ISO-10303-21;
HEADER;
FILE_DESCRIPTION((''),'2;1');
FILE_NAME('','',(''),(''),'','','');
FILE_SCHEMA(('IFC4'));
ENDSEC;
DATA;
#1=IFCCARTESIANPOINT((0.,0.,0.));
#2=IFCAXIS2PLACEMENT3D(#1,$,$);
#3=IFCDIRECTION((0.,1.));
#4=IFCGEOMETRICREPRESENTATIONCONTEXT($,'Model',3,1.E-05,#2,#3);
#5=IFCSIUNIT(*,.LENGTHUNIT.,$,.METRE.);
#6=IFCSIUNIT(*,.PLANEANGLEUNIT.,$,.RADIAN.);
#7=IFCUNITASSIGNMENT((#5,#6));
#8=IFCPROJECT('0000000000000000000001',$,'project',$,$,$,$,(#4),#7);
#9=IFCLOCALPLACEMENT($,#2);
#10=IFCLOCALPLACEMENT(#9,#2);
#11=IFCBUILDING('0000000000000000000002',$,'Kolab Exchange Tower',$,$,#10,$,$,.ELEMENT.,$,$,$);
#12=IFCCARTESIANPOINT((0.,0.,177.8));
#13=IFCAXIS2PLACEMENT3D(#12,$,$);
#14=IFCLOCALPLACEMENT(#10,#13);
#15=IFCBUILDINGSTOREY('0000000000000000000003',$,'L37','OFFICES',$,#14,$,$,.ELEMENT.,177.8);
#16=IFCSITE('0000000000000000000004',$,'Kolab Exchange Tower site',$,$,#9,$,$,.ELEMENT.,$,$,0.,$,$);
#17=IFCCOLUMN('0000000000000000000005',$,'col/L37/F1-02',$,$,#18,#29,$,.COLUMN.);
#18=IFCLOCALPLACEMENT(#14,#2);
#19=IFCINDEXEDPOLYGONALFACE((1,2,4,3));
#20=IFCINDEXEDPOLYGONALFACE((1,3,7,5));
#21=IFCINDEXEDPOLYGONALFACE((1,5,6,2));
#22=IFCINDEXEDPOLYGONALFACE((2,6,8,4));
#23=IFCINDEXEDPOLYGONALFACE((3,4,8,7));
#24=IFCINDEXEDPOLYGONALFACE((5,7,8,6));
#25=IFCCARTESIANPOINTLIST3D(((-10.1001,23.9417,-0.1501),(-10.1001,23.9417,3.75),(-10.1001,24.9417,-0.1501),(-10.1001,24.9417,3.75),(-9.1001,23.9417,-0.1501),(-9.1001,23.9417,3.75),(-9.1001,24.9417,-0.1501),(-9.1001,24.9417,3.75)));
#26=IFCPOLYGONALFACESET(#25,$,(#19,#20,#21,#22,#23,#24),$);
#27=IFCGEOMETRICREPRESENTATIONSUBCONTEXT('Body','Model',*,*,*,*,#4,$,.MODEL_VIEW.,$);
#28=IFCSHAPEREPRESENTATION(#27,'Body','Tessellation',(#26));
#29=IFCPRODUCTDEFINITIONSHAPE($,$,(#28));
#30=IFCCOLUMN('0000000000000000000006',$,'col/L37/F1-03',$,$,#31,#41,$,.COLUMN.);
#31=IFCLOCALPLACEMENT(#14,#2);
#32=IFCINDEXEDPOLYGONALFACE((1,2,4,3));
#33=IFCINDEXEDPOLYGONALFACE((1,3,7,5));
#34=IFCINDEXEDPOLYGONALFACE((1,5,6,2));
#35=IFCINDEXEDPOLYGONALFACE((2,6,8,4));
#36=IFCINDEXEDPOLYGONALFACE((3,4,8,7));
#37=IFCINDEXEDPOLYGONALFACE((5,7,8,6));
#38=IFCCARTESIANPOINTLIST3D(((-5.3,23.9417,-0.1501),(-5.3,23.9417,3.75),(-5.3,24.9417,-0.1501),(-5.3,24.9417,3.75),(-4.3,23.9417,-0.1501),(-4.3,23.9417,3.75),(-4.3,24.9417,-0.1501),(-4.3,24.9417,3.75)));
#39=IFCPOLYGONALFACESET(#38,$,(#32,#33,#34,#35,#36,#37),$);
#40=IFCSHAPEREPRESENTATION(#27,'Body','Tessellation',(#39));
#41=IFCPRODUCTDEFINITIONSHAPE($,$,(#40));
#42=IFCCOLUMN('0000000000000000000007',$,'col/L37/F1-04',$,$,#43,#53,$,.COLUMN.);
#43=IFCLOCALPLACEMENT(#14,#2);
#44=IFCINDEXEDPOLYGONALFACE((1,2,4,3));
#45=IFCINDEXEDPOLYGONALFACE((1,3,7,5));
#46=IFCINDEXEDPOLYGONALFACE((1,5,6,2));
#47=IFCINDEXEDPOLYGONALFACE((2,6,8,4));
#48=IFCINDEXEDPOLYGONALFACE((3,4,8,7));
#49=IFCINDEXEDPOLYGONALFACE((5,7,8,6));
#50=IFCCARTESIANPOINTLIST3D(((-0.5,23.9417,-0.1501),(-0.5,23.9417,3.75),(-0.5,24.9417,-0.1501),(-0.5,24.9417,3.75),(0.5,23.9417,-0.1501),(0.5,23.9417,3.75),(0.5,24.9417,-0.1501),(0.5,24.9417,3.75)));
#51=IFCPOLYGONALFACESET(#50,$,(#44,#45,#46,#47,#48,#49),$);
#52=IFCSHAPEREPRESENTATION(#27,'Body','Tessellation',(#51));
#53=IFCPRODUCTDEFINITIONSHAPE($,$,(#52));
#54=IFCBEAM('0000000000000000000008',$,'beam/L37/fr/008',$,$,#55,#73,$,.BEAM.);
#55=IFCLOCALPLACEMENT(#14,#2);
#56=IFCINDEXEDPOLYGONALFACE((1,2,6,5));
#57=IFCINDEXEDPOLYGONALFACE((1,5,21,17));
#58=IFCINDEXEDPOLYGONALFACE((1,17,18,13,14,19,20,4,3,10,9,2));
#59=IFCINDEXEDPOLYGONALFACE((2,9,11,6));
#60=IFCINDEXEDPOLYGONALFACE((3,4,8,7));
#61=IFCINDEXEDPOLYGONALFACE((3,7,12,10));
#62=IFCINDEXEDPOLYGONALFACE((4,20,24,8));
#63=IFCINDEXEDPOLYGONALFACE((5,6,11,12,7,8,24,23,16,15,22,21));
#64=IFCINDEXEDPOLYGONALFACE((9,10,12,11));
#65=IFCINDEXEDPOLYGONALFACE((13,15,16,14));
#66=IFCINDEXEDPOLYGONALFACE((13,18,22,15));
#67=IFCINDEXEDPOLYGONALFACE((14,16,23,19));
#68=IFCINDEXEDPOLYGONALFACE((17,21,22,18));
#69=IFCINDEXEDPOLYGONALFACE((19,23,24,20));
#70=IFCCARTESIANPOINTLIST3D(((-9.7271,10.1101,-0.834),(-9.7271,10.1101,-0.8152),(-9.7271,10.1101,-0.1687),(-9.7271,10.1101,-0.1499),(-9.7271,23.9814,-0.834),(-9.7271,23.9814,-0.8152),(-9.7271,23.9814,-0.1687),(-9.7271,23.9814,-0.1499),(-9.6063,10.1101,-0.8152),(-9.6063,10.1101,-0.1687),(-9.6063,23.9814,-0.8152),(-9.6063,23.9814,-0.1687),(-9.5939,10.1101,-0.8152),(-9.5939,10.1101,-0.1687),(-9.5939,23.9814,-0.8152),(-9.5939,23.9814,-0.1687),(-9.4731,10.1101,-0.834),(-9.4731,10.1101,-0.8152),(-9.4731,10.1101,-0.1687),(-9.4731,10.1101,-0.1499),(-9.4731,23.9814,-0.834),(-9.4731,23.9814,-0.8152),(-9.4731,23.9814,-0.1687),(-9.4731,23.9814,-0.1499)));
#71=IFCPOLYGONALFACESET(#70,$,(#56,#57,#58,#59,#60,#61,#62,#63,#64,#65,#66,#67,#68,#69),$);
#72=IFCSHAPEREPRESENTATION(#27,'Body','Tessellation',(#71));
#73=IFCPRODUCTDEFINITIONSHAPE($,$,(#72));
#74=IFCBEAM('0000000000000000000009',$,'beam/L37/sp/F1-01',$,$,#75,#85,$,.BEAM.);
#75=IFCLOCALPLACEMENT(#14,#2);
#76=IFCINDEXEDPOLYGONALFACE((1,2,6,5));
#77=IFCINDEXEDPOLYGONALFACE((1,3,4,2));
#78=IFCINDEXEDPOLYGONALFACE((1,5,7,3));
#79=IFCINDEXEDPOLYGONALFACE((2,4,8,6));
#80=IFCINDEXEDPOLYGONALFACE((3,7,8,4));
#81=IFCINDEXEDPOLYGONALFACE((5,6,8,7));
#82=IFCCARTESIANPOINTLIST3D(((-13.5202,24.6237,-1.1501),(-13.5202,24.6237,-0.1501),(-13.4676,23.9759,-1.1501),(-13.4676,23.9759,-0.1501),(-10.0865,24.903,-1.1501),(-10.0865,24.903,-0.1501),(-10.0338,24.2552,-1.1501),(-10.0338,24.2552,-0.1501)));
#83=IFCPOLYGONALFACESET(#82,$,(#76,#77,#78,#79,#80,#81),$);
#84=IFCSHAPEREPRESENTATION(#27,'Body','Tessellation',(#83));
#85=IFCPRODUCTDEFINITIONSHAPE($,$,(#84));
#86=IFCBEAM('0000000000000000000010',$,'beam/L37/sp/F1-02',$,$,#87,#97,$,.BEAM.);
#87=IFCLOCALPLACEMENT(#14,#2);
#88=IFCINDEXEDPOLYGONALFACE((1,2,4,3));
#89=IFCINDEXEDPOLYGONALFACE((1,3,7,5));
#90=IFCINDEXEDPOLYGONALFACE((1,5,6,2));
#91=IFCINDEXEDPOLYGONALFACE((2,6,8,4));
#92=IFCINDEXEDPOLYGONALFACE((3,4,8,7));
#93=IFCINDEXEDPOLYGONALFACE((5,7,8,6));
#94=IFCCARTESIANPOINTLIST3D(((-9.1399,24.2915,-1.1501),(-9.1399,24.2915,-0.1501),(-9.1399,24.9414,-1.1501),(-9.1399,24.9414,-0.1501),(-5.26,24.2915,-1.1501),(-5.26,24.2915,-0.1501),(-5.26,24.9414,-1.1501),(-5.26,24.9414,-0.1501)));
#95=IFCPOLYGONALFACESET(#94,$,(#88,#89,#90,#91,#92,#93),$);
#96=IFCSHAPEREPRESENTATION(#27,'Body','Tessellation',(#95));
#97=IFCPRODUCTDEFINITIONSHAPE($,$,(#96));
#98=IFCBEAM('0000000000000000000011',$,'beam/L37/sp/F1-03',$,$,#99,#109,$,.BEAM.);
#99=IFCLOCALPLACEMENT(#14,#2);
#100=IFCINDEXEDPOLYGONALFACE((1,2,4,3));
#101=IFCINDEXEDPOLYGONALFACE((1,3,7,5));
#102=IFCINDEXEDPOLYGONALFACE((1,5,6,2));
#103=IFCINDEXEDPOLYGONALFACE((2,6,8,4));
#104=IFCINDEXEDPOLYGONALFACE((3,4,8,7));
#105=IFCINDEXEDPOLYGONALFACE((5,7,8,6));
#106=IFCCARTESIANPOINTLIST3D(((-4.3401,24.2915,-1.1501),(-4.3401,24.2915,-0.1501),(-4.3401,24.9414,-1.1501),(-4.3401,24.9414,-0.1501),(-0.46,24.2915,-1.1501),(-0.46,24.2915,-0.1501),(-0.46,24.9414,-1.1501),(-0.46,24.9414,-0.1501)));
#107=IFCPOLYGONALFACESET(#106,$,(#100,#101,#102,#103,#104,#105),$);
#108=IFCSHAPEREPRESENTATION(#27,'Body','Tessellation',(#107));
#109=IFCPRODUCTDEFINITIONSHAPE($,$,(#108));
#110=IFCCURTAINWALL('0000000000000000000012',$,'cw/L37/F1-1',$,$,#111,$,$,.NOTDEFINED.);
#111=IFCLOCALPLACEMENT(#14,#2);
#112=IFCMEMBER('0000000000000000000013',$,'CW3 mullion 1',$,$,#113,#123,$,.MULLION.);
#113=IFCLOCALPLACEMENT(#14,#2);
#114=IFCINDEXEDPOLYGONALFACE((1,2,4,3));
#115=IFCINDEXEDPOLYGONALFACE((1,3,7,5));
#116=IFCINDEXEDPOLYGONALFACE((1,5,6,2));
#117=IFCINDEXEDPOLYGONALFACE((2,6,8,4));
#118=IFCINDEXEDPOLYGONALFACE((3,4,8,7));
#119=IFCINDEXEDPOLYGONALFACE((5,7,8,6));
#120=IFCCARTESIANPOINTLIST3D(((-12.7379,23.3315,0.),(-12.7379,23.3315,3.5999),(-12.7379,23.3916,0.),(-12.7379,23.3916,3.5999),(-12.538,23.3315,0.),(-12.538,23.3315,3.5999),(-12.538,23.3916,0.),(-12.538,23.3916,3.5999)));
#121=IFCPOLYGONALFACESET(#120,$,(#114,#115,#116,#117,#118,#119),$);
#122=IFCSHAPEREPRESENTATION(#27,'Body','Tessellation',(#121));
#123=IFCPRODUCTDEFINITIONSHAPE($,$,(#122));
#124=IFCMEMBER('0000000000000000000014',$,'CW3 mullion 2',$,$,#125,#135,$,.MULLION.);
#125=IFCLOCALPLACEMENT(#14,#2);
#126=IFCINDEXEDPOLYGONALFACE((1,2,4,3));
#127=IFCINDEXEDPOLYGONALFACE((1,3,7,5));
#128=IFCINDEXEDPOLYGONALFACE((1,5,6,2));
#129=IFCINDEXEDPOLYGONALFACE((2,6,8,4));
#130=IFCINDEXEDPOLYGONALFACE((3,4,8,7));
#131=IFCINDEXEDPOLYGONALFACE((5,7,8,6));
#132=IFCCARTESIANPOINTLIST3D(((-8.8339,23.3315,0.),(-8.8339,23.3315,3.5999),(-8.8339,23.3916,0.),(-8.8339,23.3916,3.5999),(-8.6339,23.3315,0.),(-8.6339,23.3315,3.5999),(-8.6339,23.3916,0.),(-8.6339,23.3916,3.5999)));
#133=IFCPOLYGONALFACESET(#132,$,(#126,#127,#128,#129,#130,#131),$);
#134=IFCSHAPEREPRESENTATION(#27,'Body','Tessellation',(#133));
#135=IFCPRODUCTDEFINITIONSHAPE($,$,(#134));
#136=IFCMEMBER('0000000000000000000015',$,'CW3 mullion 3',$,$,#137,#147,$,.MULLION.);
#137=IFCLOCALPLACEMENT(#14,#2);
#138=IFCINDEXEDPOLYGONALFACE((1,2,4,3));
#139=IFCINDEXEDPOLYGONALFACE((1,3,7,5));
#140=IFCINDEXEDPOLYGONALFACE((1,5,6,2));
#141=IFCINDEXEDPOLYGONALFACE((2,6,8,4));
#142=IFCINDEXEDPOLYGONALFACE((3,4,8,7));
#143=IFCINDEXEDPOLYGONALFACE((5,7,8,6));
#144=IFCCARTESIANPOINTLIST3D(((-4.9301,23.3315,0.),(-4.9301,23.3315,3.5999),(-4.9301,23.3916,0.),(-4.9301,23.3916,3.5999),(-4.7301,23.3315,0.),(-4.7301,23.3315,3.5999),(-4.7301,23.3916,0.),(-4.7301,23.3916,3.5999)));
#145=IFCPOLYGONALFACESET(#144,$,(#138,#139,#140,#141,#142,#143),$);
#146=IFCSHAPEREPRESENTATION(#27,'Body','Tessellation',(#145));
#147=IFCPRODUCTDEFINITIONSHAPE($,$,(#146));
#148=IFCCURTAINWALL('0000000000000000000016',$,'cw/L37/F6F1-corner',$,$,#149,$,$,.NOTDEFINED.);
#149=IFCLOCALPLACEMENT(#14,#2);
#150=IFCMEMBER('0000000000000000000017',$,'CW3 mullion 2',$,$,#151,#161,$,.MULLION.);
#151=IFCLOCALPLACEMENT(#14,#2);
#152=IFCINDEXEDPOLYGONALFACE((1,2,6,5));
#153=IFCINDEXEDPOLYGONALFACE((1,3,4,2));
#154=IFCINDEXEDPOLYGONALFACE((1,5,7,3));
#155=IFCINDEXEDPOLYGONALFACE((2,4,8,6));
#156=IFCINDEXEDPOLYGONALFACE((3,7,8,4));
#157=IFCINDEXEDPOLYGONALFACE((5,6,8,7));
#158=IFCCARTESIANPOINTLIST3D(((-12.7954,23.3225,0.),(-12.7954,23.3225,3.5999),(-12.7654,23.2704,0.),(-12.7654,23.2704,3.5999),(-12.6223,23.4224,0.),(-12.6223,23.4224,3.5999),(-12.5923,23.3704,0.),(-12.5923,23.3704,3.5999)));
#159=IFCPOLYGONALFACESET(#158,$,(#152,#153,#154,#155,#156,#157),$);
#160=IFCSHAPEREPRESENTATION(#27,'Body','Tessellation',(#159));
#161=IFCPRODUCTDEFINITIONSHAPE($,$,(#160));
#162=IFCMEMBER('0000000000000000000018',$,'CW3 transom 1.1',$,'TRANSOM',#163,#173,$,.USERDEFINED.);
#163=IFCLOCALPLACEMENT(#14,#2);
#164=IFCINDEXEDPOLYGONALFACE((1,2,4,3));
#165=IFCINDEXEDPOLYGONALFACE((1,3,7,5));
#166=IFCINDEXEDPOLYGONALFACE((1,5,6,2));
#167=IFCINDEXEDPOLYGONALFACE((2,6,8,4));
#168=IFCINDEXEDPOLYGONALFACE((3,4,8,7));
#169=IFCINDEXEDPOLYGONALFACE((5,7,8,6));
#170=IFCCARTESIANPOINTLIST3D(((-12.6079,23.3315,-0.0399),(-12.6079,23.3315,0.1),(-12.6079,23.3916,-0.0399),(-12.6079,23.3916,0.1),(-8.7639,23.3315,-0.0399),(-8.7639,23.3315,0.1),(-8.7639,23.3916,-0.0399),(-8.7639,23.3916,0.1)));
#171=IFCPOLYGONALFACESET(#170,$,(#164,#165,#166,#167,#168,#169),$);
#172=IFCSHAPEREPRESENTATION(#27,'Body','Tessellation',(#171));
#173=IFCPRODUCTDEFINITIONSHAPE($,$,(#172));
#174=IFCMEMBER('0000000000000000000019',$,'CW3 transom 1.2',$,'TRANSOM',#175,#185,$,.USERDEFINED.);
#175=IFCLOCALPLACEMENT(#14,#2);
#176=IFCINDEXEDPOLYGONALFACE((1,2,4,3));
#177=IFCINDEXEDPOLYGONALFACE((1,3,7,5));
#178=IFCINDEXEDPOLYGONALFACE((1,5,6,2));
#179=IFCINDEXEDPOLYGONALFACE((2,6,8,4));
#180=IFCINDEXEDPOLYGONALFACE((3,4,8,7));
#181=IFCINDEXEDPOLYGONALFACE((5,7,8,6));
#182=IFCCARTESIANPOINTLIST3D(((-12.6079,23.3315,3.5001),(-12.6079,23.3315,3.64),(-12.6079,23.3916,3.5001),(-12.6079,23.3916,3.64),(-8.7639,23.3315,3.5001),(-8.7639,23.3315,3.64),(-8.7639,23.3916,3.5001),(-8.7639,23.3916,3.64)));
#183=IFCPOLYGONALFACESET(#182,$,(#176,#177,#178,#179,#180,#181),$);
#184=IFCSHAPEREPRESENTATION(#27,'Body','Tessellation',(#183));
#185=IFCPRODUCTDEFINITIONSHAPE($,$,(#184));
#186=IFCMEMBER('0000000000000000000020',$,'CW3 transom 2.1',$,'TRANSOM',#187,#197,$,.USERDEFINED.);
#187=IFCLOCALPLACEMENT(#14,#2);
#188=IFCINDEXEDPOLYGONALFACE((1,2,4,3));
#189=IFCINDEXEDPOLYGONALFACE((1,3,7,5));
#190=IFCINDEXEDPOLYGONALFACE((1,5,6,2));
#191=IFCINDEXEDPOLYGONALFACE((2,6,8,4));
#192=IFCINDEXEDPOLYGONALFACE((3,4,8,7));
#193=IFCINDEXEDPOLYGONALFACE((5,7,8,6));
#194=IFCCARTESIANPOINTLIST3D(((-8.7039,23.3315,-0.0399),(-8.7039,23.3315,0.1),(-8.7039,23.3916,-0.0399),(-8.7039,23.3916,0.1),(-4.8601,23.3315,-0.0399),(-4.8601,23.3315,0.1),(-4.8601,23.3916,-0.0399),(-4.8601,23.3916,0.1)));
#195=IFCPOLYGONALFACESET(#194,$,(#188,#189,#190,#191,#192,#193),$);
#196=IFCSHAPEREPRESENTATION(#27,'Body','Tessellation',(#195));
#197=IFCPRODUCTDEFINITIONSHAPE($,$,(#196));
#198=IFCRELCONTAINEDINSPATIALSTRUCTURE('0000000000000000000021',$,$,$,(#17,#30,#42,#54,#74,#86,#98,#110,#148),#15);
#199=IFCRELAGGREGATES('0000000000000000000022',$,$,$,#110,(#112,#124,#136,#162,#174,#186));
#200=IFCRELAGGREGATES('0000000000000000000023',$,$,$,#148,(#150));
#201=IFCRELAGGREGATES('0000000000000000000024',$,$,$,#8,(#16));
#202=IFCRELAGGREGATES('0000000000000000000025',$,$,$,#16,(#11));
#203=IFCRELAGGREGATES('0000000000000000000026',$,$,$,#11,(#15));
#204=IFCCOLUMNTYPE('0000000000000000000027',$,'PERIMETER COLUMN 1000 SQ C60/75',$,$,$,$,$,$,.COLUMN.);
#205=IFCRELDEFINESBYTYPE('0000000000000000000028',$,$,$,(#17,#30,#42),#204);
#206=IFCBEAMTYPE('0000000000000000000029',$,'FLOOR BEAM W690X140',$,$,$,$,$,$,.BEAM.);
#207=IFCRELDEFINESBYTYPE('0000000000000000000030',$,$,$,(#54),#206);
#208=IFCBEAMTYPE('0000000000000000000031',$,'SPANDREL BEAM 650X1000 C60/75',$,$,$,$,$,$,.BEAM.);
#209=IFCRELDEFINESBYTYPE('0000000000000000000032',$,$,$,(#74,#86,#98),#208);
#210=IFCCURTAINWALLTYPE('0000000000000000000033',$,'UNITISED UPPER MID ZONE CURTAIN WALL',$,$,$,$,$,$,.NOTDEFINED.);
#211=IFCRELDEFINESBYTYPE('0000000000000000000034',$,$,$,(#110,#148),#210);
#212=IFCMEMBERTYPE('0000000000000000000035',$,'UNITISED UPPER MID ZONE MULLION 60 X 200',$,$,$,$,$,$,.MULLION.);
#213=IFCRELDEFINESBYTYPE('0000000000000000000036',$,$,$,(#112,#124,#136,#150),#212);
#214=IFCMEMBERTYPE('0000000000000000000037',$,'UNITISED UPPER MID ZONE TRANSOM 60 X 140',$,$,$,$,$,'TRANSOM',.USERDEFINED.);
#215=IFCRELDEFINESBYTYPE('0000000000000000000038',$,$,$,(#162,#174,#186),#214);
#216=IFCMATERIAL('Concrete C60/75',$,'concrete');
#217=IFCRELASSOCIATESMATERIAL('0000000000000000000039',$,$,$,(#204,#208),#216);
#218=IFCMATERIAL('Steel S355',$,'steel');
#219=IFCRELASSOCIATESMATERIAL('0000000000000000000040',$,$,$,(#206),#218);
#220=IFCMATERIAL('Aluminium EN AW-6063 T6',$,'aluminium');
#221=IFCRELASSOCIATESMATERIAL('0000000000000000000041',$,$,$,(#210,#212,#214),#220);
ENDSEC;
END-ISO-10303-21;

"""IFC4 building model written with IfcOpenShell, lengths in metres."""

from ifc_helpers import new_model, si_unit, direction, frame, origin, origin_2d, place, context, subcontext, project, spatial, rectangle, i_section, extrude, material, material_profile, profile_set, type_object, element, aggregate, save


model = new_model("IFC4")

# Units and contexts
model_context = context("Model", 3, precision=1e-05, world=origin(), true_north=direction((0.0, 1.0)))
body_context = subcontext(model_context, "Body", "Model", "MODEL_VIEW")
ifc_project = project(units=[si_unit("LENGTHUNIT", "METRE"), si_unit("PLANEANGLEUNIT", "RADIAN")], contexts=[model_context])

# Site, building, storey
site_placement = place(None, origin())
site = spatial("IfcSite", under=ifc_project, at=site_placement, Name="Kolab Exchange Tower site", CompositionType="ELEMENT", RefElevation=0.0)
building_placement = place(site_placement, origin())
building = spatial("IfcBuilding", under=site, at=building_placement, Name="Kolab Exchange Tower", CompositionType="ELEMENT")
storey_placement = place(building_placement, frame((0.0, 0.0, 177.8)))
storey = spatial("IfcBuildingStorey", under=building, at=storey_placement, Name="L37", Description="OFFICES", CompositionType="ELEMENT", Elevation=177.8)

# Columns
ifc_material_1 = material(Name="Concrete C60/75", Category="concrete")
ifc_material_profile_1 = material_profile(ifc_material_1, rectangle(XDim=1.0, YDim=1.0, at=origin_2d()), Name="RC1000")
ifc_profile_set_1 = profile_set([ifc_material_profile_1], Name="Concrete C60/75")
column_type = type_object("IfcColumnType", Name="PERIMETER COLUMN 1000 SQ C60/75", PredefinedType="COLUMN", material=ifc_profile_set_1)
for number, where, z_axis, x_axis, name in (
    (1, (-9.6001, 24.4417, -0.1501), (0.0, 0.0, 1.0), (1.0, 0.0, 0.0), "col/L37/F1-02"),
    (2, (-4.8, 24.4417, -0.1501), (0.0, 0.0, 1.0), (1.0, 0.0, 0.0), "col/L37/F1-03"),
    (3, (0.0, 24.4417, -0.1501), (0.0, 0.0, 1.0), (1.0, 0.0, 0.0), "col/L37/F1-04"),
):
    element("IfcColumn", number, at=place(storey_placement, frame(where, z_axis=z_axis, x_axis=x_axis)), inside=storey, type_object=column_type, Name=name, PredefinedType="COLUMN", context=body_context, shape_type="SweptSolid", body=[
        extrude(rectangle(XDim=1.0, YDim=1.0, at=origin_2d()), origin(), (0.0, 0.0, 1.0), 3.9001),
    ])

# Beams
ifc_material_2 = material(Name="Steel S355", Category="steel")
ifc_material_profile_2 = material_profile(ifc_material_2, i_section(OverallWidth=0.2539, OverallDepth=0.6841, WebThickness=0.0125, FlangeThickness=0.0188, at=origin_2d()), Name="W690X140")
ifc_profile_set_2 = profile_set([ifc_material_profile_2], Name="Steel S355")
beam_type_1 = type_object("IfcBeamType", Name="FLOOR BEAM W690X140", PredefinedType="BEAM", material=ifc_profile_set_2)
beam_1_placement = place(storey_placement, frame((-9.6001, 10.1101, -0.4919), z_axis=(0.0, 1.0, 0.0), x_axis=(-1.0, 0.0, 0.0)))
element("IfcBeam", 4, at=beam_1_placement, inside=storey, type_object=beam_type_1, Name="beam/L37/fr/008", PredefinedType="BEAM", context=body_context, shape_type="SweptSolid", body=[
    extrude(i_section(OverallWidth=0.2539, OverallDepth=0.6841, WebThickness=0.0125, FlangeThickness=0.0188, at=origin_2d()), origin(), (0.0, 0.0, 1.0), 13.8713),
])
ifc_material_profile_3 = material_profile(ifc_material_1, rectangle(XDim=0.6499, YDim=1.0, at=origin_2d()), Name="RC650X1000")
ifc_profile_set_3 = profile_set([ifc_material_profile_3], Name="Concrete C60/75")
beam_type_2 = type_object("IfcBeamType", Name="SPANDREL BEAM 650X1000 C60/75", PredefinedType="BEAM", material=ifc_profile_set_3)
beam_2_placement = place(storey_placement, frame((-13.4939, 24.2998, -0.6501), z_axis=(0.996708, 0.081069, 0.0), x_axis=(-0.081069, 0.996708, 0.0)))
element("IfcBeam", 5, at=beam_2_placement, inside=storey, type_object=beam_type_2, Name="beam/L37/sp/F1-01", PredefinedType="BEAM", context=body_context, shape_type="SweptSolid", body=[
    extrude(rectangle(XDim=0.6499, YDim=1.0, at=origin_2d()), origin(), (0.0, 0.0, 1.0), 3.4451),
])
beam_3_placement = place(storey_placement, frame((-9.1399, 24.6165, -0.6501), z_axis=(1.0, 0.0, 0.0), x_axis=(0.0, 1.0, 0.0)))
element("IfcBeam", 6, at=beam_3_placement, inside=storey, type_object=beam_type_2, Name="beam/L37/sp/F1-02", PredefinedType="BEAM", context=body_context, shape_type="SweptSolid", body=[
    extrude(rectangle(XDim=0.6499, YDim=1.0, at=origin_2d()), origin(), (0.0, 0.0, 1.0), 3.8799),
])
beam_4_placement = place(storey_placement, frame((-4.3401, 24.6165, -0.6501), z_axis=(1.0, 0.0, 0.0), x_axis=(0.0, 1.0, 0.0)))
element("IfcBeam", 7, at=beam_4_placement, inside=storey, type_object=beam_type_2, Name="beam/L37/sp/F1-03", PredefinedType="BEAM", context=body_context, shape_type="SweptSolid", body=[
    extrude(rectangle(XDim=0.6499, YDim=1.0, at=origin_2d()), origin(), (0.0, 0.0, 1.0), 3.8801),
])

# Curtain wall, members
ifc_material_3 = material(Name="Aluminium EN AW-6063 T6", Category="aluminium")
curtain_wall_type = type_object("IfcCurtainWallType", Name="UNITISED UPPER MID ZONE CURTAIN WALL", PredefinedType="NOTDEFINED", material=ifc_material_3)
curtain_wall_1_placement = place(storey_placement, origin())
curtain_wall_1 = element("IfcCurtainWall", 8, at=curtain_wall_1_placement, inside=storey, type_object=curtain_wall_type, Name="cw/L37/F1-1", PredefinedType="NOTDEFINED")
ifc_material_profile_4 = material_profile(ifc_material_3, rectangle(XDim=0.0601, YDim=0.2, at=origin_2d()), Name="RECT 60X200")
ifc_profile_set_4 = profile_set([ifc_material_profile_4], Name="Aluminium EN AW-6063 T6")
member_type_1 = type_object("IfcMemberType", Name="UNITISED UPPER MID ZONE MULLION 60 X 200", PredefinedType="MULLION", material=ifc_profile_set_4)
member_1_placement = place(storey_placement, frame((-12.6379, 23.3616, 0.0), z_axis=(0.0, 0.0, 1.0), x_axis=(0.0, 1.0, 0.0)))
member_1 = element("IfcMember", 9, at=member_1_placement, type_object=member_type_1, Name="CW3 mullion 1", PredefinedType="MULLION", context=body_context, shape_type="SweptSolid", body=[
    extrude(rectangle(XDim=0.0601, YDim=0.2, at=origin_2d()), origin(), (0.0, 0.0, 1.0), 3.5999),
])
member_2_placement = place(storey_placement, frame((-8.7339, 23.3616, 0.0), z_axis=(0.0, 0.0, 1.0), x_axis=(0.0, 1.0, 0.0)))
member_2 = element("IfcMember", 10, at=member_2_placement, type_object=member_type_1, Name="CW3 mullion 2", PredefinedType="MULLION", context=body_context, shape_type="SweptSolid", body=[
    extrude(rectangle(XDim=0.0601, YDim=0.2, at=origin_2d()), origin(), (0.0, 0.0, 1.0), 3.5999),
])
member_3_placement = place(storey_placement, frame((-4.8301, 23.3616, 0.0), z_axis=(0.0, 0.0, 1.0), x_axis=(0.0, 1.0, 0.0)))
member_3 = element("IfcMember", 11, at=member_3_placement, type_object=member_type_1, Name="CW3 mullion 3", PredefinedType="MULLION", context=body_context, shape_type="SweptSolid", body=[
    extrude(rectangle(XDim=0.0601, YDim=0.2, at=origin_2d()), origin(), (0.0, 0.0, 1.0), 3.5999),
])

# Curtain wall, member
curtain_wall_2_placement = place(storey_placement, origin())
curtain_wall_2 = element("IfcCurtainWall", 12, at=curtain_wall_2_placement, inside=storey, type_object=curtain_wall_type, Name="cw/L37/F6F1-corner", PredefinedType="NOTDEFINED")
member_4_placement = place(storey_placement, frame((-12.6938, 23.3464, 0.0), z_axis=(0.0, 0.0, 1.0), x_axis=(-0.5, 0.866025, 0.0)))
member_4 = element("IfcMember", 13, at=member_4_placement, type_object=member_type_1, Name="CW3 mullion 2", PredefinedType="MULLION", context=body_context, shape_type="SweptSolid", body=[
    extrude(rectangle(XDim=0.0601, YDim=0.2, at=origin_2d()), origin(), (0.0, 0.0, 1.0), 3.5999),
])

# Members
ifc_material_profile_5 = material_profile(ifc_material_3, rectangle(XDim=0.0601, YDim=0.1399, at=origin_2d()), Name="RECT 60X140")
ifc_profile_set_5 = profile_set([ifc_material_profile_5], Name="Aluminium EN AW-6063 T6")
member_type_2 = type_object("IfcMemberType", Name="UNITISED UPPER MID ZONE TRANSOM 60 X 140", ElementType="TRANSOM", PredefinedType="USERDEFINED", material=ifc_profile_set_5)
member_5_placement = place(storey_placement, frame((-12.6079, 23.3616, 0.03), z_axis=(1.0, 0.0, 0.0), x_axis=(0.0, 1.0, 0.0)))
member_5 = element("IfcMember", 14, at=member_5_placement, type_object=member_type_2, Name="CW3 transom 1.1", ObjectType="TRANSOM", PredefinedType="USERDEFINED", context=body_context, shape_type="SweptSolid", body=[
    extrude(rectangle(XDim=0.0601, YDim=0.1399, at=origin_2d()), origin(), (0.0, 0.0, 1.0), 3.844),
])
member_6_placement = place(storey_placement, frame((-12.6079, 23.3616, 3.5701), z_axis=(1.0, 0.0, 0.0), x_axis=(0.0, 1.0, 0.0)))
member_6 = element("IfcMember", 15, at=member_6_placement, type_object=member_type_2, Name="CW3 transom 1.2", ObjectType="TRANSOM", PredefinedType="USERDEFINED", context=body_context, shape_type="SweptSolid", body=[
    extrude(rectangle(XDim=0.0601, YDim=0.1399, at=origin_2d()), origin(), (0.0, 0.0, 1.0), 3.844),
])
member_7_placement = place(storey_placement, frame((-8.7039, 23.3616, 0.03), z_axis=(1.0, 0.0, 0.0), x_axis=(0.0, 1.0, 0.0)))
member_7 = element("IfcMember", 16, at=member_7_placement, type_object=member_type_2, Name="CW3 transom 2.1", ObjectType="TRANSOM", PredefinedType="USERDEFINED", context=body_context, shape_type="SweptSolid", body=[
    extrude(rectangle(XDim=0.0601, YDim=0.1399, at=origin_2d()), origin(), (0.0, 0.0, 1.0), 3.8438),
])

aggregate(curtain_wall_1, [member_1, member_2, member_3, member_5, member_6, member_7])
aggregate(curtain_wall_2, [member_4])

save(model, "model.ifc")
